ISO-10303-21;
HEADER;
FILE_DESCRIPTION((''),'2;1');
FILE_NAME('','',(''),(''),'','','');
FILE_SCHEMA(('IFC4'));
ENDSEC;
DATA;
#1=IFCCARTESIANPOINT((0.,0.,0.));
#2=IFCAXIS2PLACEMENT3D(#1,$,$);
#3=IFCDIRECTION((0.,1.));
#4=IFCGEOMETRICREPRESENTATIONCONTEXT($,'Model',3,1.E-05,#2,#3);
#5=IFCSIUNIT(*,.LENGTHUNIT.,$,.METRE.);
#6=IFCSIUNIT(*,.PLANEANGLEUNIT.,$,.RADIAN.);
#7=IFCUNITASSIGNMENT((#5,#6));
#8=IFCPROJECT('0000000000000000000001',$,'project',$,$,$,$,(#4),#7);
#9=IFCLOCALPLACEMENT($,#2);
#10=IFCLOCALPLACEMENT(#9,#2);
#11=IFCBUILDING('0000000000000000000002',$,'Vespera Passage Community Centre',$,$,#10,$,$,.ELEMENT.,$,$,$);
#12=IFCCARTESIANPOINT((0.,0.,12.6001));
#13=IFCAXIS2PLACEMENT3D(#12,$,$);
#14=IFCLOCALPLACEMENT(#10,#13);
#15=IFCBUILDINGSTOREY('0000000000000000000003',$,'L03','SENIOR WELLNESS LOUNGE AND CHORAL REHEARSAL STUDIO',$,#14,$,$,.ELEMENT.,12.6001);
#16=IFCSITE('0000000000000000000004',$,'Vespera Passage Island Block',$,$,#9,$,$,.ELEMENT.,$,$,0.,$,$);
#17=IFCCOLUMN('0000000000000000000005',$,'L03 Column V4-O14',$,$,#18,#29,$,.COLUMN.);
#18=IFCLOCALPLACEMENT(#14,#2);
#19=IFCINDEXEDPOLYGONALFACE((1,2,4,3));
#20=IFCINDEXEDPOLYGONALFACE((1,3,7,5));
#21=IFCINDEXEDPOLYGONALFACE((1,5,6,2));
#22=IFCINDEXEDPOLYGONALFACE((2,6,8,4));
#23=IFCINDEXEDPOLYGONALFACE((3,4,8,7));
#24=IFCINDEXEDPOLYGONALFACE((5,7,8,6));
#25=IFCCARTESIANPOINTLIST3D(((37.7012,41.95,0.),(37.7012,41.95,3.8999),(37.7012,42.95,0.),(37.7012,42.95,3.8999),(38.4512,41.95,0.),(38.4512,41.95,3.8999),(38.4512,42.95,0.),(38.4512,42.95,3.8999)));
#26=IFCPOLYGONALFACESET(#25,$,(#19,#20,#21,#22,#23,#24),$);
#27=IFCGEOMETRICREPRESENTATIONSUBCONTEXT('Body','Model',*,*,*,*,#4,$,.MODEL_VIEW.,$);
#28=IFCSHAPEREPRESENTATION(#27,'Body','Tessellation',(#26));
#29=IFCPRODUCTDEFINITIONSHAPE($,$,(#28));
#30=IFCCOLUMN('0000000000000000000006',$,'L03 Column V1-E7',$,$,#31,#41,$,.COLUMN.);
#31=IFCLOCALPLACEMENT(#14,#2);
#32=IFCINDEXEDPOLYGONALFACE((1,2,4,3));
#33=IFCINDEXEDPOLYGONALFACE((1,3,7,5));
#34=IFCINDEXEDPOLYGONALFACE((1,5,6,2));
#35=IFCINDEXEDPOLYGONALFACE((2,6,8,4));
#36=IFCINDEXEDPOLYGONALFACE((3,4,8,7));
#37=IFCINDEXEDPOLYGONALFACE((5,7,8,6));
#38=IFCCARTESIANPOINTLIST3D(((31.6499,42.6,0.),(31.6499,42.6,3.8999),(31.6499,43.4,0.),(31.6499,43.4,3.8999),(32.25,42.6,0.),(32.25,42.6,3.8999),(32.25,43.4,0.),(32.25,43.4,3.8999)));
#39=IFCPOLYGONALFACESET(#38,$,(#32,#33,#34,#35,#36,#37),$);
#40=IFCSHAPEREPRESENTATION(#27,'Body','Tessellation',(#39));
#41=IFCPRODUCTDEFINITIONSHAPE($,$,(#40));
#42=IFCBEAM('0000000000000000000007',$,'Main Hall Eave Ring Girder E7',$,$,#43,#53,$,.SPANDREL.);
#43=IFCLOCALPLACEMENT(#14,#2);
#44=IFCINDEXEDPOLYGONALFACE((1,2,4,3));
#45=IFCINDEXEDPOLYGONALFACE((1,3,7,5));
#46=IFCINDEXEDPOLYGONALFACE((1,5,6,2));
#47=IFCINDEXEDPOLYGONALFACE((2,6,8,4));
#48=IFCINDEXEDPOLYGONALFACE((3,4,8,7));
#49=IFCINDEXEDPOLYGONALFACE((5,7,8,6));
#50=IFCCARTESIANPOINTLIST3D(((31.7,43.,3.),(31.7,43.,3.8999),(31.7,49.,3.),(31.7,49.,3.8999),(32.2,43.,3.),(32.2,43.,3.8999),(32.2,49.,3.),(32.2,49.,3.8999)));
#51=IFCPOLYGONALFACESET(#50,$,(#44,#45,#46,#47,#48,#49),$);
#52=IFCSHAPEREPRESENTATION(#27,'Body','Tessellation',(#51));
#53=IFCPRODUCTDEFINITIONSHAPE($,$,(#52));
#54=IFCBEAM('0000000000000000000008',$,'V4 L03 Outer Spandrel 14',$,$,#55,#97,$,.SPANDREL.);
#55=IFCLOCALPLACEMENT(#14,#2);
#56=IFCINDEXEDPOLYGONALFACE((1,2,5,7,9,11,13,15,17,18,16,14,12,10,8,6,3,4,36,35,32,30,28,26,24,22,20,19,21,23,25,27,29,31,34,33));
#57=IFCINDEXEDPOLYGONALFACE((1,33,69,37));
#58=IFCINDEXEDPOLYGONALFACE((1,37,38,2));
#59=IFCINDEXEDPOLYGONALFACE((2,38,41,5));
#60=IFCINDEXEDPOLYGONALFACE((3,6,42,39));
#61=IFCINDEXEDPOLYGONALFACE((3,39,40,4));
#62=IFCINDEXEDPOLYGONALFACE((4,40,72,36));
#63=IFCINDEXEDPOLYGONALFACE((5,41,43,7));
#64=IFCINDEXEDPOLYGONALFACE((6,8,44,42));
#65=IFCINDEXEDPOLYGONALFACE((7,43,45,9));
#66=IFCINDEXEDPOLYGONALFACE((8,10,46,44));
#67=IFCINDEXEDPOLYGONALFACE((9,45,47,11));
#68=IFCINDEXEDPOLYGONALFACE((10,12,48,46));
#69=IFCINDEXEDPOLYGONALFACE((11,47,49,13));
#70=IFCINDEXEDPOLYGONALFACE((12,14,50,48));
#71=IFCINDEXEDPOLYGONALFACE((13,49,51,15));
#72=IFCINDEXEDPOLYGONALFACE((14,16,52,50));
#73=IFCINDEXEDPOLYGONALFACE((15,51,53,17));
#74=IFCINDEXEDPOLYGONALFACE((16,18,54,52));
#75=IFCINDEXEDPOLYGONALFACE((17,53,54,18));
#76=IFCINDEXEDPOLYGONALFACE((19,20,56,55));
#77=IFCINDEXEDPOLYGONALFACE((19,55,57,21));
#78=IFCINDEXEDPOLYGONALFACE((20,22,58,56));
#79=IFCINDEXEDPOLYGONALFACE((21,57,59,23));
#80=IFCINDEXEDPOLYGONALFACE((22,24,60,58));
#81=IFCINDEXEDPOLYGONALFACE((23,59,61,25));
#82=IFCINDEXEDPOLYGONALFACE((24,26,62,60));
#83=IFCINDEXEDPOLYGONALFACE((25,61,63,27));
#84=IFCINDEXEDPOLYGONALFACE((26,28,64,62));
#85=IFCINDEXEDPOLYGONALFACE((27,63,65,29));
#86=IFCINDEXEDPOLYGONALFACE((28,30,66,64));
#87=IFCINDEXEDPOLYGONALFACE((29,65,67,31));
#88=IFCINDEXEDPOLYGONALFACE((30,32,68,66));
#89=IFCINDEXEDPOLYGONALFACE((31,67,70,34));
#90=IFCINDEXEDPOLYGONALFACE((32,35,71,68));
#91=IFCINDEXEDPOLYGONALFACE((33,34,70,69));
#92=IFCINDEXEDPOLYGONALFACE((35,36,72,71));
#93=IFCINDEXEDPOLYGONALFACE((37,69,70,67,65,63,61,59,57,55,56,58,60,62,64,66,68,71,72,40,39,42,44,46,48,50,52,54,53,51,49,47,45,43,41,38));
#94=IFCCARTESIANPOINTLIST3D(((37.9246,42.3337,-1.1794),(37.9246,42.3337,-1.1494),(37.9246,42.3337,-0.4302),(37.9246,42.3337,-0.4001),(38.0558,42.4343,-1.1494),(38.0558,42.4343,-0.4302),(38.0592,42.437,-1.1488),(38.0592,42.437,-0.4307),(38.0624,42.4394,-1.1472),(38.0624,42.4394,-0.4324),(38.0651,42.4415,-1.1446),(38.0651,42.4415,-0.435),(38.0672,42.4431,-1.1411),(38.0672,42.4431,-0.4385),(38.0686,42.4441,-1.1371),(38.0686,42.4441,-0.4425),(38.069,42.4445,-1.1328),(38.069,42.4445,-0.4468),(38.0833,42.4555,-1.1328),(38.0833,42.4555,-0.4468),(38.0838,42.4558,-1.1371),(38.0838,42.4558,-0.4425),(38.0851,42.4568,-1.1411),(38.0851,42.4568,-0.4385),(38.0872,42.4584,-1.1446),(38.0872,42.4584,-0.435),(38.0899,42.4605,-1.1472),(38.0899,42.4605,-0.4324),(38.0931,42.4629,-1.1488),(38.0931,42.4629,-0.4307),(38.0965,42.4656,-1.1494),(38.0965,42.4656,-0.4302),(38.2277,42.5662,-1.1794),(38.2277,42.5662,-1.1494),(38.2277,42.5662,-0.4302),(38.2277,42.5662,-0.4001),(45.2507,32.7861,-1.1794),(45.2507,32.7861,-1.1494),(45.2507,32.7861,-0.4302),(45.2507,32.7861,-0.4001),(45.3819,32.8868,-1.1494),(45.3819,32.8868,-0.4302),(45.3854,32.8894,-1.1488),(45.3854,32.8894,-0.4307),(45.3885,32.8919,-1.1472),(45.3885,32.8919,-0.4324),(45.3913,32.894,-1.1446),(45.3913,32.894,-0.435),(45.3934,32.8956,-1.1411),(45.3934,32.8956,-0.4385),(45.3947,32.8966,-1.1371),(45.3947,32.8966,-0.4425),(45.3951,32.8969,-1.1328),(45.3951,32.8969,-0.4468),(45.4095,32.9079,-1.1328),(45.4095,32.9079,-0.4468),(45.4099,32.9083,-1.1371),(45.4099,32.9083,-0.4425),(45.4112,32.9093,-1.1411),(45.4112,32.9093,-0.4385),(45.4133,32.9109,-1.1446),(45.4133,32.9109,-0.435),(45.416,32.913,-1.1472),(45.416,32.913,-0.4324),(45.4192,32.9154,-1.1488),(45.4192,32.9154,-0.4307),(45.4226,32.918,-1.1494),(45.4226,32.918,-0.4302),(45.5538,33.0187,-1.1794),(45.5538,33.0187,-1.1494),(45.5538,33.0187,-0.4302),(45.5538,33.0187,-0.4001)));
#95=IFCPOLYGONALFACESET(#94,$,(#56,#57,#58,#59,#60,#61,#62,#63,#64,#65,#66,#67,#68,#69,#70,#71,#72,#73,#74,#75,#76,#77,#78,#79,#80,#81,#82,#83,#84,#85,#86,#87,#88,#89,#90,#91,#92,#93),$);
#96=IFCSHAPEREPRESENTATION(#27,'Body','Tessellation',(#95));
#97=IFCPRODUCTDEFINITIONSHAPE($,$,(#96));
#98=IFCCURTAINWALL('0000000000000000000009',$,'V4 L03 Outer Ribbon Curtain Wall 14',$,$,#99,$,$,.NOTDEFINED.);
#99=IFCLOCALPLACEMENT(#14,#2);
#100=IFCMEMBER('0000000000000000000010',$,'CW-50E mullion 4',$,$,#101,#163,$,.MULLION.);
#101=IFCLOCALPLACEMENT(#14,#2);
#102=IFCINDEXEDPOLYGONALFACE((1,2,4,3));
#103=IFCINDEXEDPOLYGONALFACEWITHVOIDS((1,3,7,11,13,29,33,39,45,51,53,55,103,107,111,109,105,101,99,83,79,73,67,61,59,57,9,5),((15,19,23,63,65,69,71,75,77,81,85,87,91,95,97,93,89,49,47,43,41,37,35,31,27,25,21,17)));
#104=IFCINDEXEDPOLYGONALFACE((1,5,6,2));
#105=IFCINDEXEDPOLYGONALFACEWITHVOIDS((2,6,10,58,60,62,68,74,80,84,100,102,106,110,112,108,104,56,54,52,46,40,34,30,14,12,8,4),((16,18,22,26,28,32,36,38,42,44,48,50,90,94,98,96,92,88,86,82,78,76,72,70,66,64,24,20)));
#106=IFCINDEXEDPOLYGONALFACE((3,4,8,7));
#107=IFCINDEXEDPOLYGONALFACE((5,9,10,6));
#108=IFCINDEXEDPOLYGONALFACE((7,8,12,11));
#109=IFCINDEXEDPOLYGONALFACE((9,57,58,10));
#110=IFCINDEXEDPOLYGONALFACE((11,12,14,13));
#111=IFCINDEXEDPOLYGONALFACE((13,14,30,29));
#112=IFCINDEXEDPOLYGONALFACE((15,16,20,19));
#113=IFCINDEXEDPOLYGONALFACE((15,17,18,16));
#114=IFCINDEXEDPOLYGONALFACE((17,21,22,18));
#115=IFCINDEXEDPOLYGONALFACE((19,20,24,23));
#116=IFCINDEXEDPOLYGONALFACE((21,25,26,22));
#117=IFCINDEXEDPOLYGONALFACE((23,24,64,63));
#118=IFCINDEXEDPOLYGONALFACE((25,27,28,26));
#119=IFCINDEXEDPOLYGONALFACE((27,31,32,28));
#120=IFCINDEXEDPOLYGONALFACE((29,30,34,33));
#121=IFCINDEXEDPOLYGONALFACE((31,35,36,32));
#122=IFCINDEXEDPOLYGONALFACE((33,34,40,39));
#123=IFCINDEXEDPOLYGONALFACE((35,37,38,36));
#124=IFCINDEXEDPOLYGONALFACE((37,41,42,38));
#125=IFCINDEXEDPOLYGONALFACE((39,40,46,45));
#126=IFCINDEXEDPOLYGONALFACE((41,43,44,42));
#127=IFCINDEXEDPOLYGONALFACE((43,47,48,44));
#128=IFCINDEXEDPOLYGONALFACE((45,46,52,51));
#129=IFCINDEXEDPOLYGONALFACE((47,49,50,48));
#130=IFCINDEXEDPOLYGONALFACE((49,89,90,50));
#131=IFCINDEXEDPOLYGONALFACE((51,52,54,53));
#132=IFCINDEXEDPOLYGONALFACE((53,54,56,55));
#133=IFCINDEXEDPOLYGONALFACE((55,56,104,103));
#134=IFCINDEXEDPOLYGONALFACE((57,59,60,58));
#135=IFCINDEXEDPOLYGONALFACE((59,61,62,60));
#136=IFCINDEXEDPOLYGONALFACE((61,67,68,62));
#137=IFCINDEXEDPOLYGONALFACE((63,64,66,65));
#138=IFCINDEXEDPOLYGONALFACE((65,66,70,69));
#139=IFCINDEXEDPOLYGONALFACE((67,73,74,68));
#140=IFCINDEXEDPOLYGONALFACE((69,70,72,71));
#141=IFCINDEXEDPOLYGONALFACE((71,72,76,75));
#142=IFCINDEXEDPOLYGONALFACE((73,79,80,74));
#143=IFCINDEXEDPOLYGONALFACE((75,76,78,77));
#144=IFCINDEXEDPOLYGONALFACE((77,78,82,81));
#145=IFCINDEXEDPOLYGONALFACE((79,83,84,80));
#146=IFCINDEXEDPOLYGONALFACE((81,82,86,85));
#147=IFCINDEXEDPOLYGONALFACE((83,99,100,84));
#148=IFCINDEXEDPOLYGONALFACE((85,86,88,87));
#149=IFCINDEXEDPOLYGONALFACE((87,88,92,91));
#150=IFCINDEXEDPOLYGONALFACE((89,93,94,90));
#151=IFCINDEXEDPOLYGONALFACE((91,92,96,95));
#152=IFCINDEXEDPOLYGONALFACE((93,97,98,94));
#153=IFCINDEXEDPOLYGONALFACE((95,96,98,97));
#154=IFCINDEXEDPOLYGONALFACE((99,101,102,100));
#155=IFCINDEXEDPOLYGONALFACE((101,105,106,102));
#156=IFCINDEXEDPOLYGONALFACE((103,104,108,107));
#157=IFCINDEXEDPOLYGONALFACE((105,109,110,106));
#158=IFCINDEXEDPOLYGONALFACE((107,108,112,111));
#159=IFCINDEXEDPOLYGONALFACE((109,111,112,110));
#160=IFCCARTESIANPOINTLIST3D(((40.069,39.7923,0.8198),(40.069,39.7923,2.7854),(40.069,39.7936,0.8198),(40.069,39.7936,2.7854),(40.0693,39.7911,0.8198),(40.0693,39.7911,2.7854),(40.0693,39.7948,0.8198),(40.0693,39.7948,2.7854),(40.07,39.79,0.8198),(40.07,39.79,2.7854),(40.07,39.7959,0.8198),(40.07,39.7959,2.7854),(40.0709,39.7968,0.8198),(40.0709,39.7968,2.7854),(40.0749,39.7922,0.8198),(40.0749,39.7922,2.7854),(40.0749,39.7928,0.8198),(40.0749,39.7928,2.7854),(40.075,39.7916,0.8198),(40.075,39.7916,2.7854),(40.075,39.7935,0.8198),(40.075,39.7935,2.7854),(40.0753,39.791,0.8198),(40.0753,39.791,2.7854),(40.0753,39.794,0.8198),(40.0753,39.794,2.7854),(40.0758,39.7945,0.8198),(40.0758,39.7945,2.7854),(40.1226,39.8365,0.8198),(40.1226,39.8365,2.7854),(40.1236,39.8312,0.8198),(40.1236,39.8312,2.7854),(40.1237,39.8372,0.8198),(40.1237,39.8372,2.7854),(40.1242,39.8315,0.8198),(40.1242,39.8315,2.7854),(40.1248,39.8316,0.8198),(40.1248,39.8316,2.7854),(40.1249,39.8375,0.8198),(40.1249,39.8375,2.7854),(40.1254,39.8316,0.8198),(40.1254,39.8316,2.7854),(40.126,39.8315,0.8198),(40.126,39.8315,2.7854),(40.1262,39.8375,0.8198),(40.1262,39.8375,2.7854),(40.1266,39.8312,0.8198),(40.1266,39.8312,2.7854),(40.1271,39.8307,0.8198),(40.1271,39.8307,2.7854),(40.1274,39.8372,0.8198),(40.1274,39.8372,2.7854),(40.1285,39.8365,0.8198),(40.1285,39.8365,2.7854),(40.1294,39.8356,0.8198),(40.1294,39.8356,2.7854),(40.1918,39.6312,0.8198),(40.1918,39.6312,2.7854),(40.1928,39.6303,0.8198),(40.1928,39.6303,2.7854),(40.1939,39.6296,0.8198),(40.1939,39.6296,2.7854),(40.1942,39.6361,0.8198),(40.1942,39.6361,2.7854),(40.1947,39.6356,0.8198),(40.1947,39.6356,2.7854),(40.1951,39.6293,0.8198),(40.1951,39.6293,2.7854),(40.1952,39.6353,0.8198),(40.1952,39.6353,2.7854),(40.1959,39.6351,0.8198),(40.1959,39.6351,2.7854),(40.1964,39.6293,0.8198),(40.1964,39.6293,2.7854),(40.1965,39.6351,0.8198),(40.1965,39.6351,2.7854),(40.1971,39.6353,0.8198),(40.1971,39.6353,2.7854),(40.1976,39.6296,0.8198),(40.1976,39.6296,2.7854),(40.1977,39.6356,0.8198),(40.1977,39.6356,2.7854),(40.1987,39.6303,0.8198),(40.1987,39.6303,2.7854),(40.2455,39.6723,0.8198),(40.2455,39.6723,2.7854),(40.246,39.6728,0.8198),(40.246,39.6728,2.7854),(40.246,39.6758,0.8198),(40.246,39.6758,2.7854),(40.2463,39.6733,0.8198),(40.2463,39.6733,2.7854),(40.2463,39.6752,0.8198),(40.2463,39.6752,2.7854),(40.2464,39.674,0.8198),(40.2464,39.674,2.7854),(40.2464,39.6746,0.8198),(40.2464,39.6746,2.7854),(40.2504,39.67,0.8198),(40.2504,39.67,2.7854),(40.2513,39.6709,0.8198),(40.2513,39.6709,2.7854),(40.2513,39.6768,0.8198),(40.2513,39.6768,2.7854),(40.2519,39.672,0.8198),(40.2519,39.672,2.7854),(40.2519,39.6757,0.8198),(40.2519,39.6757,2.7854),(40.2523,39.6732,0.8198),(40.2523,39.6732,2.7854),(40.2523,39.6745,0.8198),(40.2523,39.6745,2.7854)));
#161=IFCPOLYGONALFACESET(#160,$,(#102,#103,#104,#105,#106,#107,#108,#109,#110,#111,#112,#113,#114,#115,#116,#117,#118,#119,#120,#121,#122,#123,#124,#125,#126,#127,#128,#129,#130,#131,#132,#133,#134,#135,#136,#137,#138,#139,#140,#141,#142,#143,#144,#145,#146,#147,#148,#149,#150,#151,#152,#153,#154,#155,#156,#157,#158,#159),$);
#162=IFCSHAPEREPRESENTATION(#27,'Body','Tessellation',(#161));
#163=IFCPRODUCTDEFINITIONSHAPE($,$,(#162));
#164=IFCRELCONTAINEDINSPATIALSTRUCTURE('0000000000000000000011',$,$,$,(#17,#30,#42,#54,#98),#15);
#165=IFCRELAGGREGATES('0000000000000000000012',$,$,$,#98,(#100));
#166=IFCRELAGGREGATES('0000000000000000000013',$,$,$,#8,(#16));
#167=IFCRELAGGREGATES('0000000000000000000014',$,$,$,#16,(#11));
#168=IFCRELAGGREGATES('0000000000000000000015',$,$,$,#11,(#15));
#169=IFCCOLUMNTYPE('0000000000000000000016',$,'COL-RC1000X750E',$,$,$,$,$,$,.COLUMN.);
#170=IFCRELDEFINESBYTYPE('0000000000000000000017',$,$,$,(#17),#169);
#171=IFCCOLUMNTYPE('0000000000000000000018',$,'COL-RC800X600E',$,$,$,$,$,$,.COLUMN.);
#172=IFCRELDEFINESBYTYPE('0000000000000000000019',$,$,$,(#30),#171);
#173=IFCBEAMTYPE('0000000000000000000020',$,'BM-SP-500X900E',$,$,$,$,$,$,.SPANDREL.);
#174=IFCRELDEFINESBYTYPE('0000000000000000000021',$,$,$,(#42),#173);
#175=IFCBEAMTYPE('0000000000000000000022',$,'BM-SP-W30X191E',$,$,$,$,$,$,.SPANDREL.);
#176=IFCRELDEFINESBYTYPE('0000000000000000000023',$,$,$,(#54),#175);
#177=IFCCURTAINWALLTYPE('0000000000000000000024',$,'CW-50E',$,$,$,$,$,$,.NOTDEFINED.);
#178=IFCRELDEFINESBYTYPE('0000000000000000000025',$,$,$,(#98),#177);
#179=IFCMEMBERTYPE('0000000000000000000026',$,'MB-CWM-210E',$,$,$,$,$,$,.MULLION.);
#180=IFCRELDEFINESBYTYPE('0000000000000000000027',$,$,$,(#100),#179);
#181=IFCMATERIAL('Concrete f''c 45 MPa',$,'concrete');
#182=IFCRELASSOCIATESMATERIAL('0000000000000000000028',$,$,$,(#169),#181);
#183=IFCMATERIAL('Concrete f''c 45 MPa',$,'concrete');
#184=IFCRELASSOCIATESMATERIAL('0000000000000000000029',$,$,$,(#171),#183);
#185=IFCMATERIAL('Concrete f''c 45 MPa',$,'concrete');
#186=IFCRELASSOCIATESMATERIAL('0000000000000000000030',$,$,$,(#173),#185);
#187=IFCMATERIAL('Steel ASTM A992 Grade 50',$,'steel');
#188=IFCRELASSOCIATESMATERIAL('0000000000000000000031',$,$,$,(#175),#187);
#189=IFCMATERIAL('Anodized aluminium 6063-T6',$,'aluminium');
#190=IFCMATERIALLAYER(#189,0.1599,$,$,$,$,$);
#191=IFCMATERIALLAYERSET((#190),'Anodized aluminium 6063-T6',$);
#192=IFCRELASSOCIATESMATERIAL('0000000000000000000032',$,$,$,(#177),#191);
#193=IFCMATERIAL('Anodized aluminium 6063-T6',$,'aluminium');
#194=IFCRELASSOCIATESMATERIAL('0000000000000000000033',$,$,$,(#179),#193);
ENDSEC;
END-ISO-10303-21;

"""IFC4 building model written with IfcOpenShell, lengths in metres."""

from ifc_helpers import new_model, si_unit, direction, frame, origin, origin_2d, place, context, subcontext, project, spatial, rectangle, hollow_rectangle, i_section, extrude, material, layer, layer_set, material_profile, profile_set, type_object, element, aggregate, save


model = new_model("IFC4")

# Units and contexts
model_context = context("Model", 3, precision=1e-05, world=origin(), true_north=direction((0.0, 1.0)))
body_context = subcontext(model_context, "Body", "Model", "MODEL_VIEW")
ifc_project = project(units=[si_unit("LENGTHUNIT", "METRE"), si_unit("PLANEANGLEUNIT", "RADIAN")], contexts=[model_context])

# Site, building, storey
site_placement = place(None, origin())
site = spatial("IfcSite", under=ifc_project, at=site_placement, Name="Vespera Passage Island Block", CompositionType="ELEMENT", RefElevation=0.0)
building_placement = place(site_placement, origin())
building = spatial("IfcBuilding", under=site, at=building_placement, Name="Vespera Passage Community Centre", CompositionType="ELEMENT")
storey_placement = place(building_placement, frame((0.0, 0.0, 12.6001)))
storey = spatial("IfcBuildingStorey", under=building, at=storey_placement, Name="L03", Description="SENIOR WELLNESS LOUNGE AND CHORAL REHEARSAL STUDIO", CompositionType="ELEMENT", Elevation=12.6001)

# Columns
ifc_material_1 = material(Name="Concrete f'c 45 MPa", Category="concrete")
ifc_material_profile_1 = material_profile(ifc_material_1, rectangle(XDim=0.75, YDim=1.0, at=origin_2d()), Name="RC1000X750")
ifc_profile_set_1 = profile_set([ifc_material_profile_1], Name="Concrete f'c 45 MPa")
column_type_1 = type_object("IfcColumnType", Name="COL-RC1000X750E", PredefinedType="COLUMN", material=ifc_profile_set_1)
column_1_placement = place(storey_placement, frame((38.0762, 42.45, 0.0), z_axis=(0.0, 0.0, 1.0), x_axis=(1.0, 0.0, 0.0)))
element("IfcColumn", 1, at=column_1_placement, inside=storey, type_object=column_type_1, Name="L03 Column V4-O14", PredefinedType="COLUMN", context=body_context, shape_type="SweptSolid", body=[
    extrude(rectangle(XDim=0.75, YDim=1.0, at=origin_2d()), origin(), (0.0, 0.0, 1.0), 3.8999),
])
ifc_material_2 = material(Name="Concrete f'c 45 MPa", Category="concrete")
ifc_material_profile_2 = material_profile(ifc_material_2, rectangle(XDim=0.6001, YDim=0.8, at=origin_2d()), Name="RC800X600")
ifc_profile_set_2 = profile_set([ifc_material_profile_2], Name="Concrete f'c 45 MPa")
column_type_2 = type_object("IfcColumnType", Name="COL-RC800X600E", PredefinedType="COLUMN", material=ifc_profile_set_2)
column_2_placement = place(storey_placement, frame((31.95, 43.0, 0.0), z_axis=(0.0, 0.0, 1.0), x_axis=(1.0, 0.0, 0.0)))
element("IfcColumn", 2, at=column_2_placement, inside=storey, type_object=column_type_2, Name="L03 Column V1-E7", PredefinedType="COLUMN", context=body_context, shape_type="SweptSolid", body=[
    extrude(rectangle(XDim=0.6001, YDim=0.8, at=origin_2d()), origin(), (0.0, 0.0, 1.0), 3.8999),
])

# Beams
ifc_material_3 = material(Name="Concrete f'c 45 MPa", Category="concrete")
ifc_material_profile_3 = material_profile(ifc_material_3, rectangle(XDim=0.5, YDim=0.8999, at=origin_2d()), Name="RC500X900")
ifc_profile_set_3 = profile_set([ifc_material_profile_3], Name="Concrete f'c 45 MPa")
beam_type_1 = type_object("IfcBeamType", Name="BM-SP-500X900E", PredefinedType="SPANDREL", material=ifc_profile_set_3)
beam_1_placement = place(storey_placement, frame((31.95, 43.0, 3.45), z_axis=(0.0, 1.0, 0.0), x_axis=(-1.0, 0.0, 0.0)))
element("IfcBeam", 3, at=beam_1_placement, inside=storey, type_object=beam_type_1, Name="Main Hall Eave Ring Girder E7", PredefinedType="SPANDREL", context=body_context, shape_type="SweptSolid", body=[
    extrude(rectangle(XDim=0.5, YDim=0.8999, at=origin_2d()), origin(), (0.0, 0.0, 1.0), 6.0),
])
ifc_material_4 = material(Name="Steel ASTM A992 Grade 50", Category="steel")
ifc_material_profile_4 = material_profile(ifc_material_4, i_section(OverallWidth=0.3821, OverallDepth=0.7793, WebThickness=0.0181, FlangeThickness=0.03, FilletRadius=0.0166, at=origin_2d()), Name="W30X191")
ifc_profile_set_4 = profile_set([ifc_material_profile_4], Name="Steel ASTM A992 Grade 50")
beam_type_2 = type_object("IfcBeamType", Name="BM-SP-W30X191E", PredefinedType="SPANDREL", material=ifc_profile_set_4)
beam_2_placement = place(storey_placement, frame((38.0762, 42.45, -0.7898), z_axis=(0.608763, -0.793352, 0.0), x_axis=(0.793352, 0.608763, 0.0)))
element("IfcBeam", 4, at=beam_2_placement, inside=storey, type_object=beam_type_2, Name="V4 L03 Outer Spandrel 14", PredefinedType="SPANDREL", context=body_context, shape_type="SweptSolid", body=[
    extrude(i_section(OverallWidth=0.3821, OverallDepth=0.7793, WebThickness=0.0181, FlangeThickness=0.03, FilletRadius=0.0166, at=origin_2d()), origin(), (0.0, 0.0, 1.0), 12.0344),
])

# Curtain wall, member
ifc_material_5 = material(Name="Anodized aluminium 6063-T6", Category="aluminium")
ifc_layer_1 = layer(ifc_material_5, 0.1599)
ifc_layer_set_1 = layer_set([ifc_layer_1], Name="Anodized aluminium 6063-T6")
curtain_wall_type_1 = type_object("IfcCurtainWallType", Name="CW-50E", PredefinedType="NOTDEFINED", material=ifc_layer_set_1)
curtain_wall_1_placement = place(storey_placement, origin())
curtain_wall_1 = element("IfcCurtainWall", 5, at=curtain_wall_1_placement, inside=storey, type_object=curtain_wall_type_1, Name="V4 L03 Outer Ribbon Curtain Wall 14", PredefinedType="NOTDEFINED")
ifc_material_6 = material(Name="Anodized aluminium 6063-T6", Category="aluminium")
ifc_material_profile_5 = material_profile(ifc_material_6, hollow_rectangle(XDim=0.075, YDim=0.21, WallThickness=0.0049, InnerFilletRadius=0.0024, OuterFilletRadius=0.0049, at=origin_2d()), Name="ALU210X75X5")
ifc_profile_set_5 = profile_set([ifc_material_profile_5], Name="Anodized aluminium 6063-T6")
member_type_1 = type_object("IfcMemberType", Name="MB-CWM-210E", PredefinedType="MULLION", material=ifc_profile_set_5)
member_1_placement = place(storey_placement, frame((40.1606, 39.7334, 0.8198), z_axis=(0.0, 0.0, 1.0), x_axis=(-0.79335, -0.608765, 0.0)))
member_1 = element("IfcMember", 6, at=member_1_placement, type_object=member_type_1, Name="CW-50E mullion 4", PredefinedType="MULLION", context=body_context, shape_type="SweptSolid", body=[
    extrude(hollow_rectangle(XDim=0.075, YDim=0.21, WallThickness=0.0049, InnerFilletRadius=0.0024, OuterFilletRadius=0.0049, at=origin_2d()), origin(), (0.0, 0.0, 1.0), 1.9656),
])

aggregate(curtain_wall_1, [member_1])

save(model, "model.ifc")
